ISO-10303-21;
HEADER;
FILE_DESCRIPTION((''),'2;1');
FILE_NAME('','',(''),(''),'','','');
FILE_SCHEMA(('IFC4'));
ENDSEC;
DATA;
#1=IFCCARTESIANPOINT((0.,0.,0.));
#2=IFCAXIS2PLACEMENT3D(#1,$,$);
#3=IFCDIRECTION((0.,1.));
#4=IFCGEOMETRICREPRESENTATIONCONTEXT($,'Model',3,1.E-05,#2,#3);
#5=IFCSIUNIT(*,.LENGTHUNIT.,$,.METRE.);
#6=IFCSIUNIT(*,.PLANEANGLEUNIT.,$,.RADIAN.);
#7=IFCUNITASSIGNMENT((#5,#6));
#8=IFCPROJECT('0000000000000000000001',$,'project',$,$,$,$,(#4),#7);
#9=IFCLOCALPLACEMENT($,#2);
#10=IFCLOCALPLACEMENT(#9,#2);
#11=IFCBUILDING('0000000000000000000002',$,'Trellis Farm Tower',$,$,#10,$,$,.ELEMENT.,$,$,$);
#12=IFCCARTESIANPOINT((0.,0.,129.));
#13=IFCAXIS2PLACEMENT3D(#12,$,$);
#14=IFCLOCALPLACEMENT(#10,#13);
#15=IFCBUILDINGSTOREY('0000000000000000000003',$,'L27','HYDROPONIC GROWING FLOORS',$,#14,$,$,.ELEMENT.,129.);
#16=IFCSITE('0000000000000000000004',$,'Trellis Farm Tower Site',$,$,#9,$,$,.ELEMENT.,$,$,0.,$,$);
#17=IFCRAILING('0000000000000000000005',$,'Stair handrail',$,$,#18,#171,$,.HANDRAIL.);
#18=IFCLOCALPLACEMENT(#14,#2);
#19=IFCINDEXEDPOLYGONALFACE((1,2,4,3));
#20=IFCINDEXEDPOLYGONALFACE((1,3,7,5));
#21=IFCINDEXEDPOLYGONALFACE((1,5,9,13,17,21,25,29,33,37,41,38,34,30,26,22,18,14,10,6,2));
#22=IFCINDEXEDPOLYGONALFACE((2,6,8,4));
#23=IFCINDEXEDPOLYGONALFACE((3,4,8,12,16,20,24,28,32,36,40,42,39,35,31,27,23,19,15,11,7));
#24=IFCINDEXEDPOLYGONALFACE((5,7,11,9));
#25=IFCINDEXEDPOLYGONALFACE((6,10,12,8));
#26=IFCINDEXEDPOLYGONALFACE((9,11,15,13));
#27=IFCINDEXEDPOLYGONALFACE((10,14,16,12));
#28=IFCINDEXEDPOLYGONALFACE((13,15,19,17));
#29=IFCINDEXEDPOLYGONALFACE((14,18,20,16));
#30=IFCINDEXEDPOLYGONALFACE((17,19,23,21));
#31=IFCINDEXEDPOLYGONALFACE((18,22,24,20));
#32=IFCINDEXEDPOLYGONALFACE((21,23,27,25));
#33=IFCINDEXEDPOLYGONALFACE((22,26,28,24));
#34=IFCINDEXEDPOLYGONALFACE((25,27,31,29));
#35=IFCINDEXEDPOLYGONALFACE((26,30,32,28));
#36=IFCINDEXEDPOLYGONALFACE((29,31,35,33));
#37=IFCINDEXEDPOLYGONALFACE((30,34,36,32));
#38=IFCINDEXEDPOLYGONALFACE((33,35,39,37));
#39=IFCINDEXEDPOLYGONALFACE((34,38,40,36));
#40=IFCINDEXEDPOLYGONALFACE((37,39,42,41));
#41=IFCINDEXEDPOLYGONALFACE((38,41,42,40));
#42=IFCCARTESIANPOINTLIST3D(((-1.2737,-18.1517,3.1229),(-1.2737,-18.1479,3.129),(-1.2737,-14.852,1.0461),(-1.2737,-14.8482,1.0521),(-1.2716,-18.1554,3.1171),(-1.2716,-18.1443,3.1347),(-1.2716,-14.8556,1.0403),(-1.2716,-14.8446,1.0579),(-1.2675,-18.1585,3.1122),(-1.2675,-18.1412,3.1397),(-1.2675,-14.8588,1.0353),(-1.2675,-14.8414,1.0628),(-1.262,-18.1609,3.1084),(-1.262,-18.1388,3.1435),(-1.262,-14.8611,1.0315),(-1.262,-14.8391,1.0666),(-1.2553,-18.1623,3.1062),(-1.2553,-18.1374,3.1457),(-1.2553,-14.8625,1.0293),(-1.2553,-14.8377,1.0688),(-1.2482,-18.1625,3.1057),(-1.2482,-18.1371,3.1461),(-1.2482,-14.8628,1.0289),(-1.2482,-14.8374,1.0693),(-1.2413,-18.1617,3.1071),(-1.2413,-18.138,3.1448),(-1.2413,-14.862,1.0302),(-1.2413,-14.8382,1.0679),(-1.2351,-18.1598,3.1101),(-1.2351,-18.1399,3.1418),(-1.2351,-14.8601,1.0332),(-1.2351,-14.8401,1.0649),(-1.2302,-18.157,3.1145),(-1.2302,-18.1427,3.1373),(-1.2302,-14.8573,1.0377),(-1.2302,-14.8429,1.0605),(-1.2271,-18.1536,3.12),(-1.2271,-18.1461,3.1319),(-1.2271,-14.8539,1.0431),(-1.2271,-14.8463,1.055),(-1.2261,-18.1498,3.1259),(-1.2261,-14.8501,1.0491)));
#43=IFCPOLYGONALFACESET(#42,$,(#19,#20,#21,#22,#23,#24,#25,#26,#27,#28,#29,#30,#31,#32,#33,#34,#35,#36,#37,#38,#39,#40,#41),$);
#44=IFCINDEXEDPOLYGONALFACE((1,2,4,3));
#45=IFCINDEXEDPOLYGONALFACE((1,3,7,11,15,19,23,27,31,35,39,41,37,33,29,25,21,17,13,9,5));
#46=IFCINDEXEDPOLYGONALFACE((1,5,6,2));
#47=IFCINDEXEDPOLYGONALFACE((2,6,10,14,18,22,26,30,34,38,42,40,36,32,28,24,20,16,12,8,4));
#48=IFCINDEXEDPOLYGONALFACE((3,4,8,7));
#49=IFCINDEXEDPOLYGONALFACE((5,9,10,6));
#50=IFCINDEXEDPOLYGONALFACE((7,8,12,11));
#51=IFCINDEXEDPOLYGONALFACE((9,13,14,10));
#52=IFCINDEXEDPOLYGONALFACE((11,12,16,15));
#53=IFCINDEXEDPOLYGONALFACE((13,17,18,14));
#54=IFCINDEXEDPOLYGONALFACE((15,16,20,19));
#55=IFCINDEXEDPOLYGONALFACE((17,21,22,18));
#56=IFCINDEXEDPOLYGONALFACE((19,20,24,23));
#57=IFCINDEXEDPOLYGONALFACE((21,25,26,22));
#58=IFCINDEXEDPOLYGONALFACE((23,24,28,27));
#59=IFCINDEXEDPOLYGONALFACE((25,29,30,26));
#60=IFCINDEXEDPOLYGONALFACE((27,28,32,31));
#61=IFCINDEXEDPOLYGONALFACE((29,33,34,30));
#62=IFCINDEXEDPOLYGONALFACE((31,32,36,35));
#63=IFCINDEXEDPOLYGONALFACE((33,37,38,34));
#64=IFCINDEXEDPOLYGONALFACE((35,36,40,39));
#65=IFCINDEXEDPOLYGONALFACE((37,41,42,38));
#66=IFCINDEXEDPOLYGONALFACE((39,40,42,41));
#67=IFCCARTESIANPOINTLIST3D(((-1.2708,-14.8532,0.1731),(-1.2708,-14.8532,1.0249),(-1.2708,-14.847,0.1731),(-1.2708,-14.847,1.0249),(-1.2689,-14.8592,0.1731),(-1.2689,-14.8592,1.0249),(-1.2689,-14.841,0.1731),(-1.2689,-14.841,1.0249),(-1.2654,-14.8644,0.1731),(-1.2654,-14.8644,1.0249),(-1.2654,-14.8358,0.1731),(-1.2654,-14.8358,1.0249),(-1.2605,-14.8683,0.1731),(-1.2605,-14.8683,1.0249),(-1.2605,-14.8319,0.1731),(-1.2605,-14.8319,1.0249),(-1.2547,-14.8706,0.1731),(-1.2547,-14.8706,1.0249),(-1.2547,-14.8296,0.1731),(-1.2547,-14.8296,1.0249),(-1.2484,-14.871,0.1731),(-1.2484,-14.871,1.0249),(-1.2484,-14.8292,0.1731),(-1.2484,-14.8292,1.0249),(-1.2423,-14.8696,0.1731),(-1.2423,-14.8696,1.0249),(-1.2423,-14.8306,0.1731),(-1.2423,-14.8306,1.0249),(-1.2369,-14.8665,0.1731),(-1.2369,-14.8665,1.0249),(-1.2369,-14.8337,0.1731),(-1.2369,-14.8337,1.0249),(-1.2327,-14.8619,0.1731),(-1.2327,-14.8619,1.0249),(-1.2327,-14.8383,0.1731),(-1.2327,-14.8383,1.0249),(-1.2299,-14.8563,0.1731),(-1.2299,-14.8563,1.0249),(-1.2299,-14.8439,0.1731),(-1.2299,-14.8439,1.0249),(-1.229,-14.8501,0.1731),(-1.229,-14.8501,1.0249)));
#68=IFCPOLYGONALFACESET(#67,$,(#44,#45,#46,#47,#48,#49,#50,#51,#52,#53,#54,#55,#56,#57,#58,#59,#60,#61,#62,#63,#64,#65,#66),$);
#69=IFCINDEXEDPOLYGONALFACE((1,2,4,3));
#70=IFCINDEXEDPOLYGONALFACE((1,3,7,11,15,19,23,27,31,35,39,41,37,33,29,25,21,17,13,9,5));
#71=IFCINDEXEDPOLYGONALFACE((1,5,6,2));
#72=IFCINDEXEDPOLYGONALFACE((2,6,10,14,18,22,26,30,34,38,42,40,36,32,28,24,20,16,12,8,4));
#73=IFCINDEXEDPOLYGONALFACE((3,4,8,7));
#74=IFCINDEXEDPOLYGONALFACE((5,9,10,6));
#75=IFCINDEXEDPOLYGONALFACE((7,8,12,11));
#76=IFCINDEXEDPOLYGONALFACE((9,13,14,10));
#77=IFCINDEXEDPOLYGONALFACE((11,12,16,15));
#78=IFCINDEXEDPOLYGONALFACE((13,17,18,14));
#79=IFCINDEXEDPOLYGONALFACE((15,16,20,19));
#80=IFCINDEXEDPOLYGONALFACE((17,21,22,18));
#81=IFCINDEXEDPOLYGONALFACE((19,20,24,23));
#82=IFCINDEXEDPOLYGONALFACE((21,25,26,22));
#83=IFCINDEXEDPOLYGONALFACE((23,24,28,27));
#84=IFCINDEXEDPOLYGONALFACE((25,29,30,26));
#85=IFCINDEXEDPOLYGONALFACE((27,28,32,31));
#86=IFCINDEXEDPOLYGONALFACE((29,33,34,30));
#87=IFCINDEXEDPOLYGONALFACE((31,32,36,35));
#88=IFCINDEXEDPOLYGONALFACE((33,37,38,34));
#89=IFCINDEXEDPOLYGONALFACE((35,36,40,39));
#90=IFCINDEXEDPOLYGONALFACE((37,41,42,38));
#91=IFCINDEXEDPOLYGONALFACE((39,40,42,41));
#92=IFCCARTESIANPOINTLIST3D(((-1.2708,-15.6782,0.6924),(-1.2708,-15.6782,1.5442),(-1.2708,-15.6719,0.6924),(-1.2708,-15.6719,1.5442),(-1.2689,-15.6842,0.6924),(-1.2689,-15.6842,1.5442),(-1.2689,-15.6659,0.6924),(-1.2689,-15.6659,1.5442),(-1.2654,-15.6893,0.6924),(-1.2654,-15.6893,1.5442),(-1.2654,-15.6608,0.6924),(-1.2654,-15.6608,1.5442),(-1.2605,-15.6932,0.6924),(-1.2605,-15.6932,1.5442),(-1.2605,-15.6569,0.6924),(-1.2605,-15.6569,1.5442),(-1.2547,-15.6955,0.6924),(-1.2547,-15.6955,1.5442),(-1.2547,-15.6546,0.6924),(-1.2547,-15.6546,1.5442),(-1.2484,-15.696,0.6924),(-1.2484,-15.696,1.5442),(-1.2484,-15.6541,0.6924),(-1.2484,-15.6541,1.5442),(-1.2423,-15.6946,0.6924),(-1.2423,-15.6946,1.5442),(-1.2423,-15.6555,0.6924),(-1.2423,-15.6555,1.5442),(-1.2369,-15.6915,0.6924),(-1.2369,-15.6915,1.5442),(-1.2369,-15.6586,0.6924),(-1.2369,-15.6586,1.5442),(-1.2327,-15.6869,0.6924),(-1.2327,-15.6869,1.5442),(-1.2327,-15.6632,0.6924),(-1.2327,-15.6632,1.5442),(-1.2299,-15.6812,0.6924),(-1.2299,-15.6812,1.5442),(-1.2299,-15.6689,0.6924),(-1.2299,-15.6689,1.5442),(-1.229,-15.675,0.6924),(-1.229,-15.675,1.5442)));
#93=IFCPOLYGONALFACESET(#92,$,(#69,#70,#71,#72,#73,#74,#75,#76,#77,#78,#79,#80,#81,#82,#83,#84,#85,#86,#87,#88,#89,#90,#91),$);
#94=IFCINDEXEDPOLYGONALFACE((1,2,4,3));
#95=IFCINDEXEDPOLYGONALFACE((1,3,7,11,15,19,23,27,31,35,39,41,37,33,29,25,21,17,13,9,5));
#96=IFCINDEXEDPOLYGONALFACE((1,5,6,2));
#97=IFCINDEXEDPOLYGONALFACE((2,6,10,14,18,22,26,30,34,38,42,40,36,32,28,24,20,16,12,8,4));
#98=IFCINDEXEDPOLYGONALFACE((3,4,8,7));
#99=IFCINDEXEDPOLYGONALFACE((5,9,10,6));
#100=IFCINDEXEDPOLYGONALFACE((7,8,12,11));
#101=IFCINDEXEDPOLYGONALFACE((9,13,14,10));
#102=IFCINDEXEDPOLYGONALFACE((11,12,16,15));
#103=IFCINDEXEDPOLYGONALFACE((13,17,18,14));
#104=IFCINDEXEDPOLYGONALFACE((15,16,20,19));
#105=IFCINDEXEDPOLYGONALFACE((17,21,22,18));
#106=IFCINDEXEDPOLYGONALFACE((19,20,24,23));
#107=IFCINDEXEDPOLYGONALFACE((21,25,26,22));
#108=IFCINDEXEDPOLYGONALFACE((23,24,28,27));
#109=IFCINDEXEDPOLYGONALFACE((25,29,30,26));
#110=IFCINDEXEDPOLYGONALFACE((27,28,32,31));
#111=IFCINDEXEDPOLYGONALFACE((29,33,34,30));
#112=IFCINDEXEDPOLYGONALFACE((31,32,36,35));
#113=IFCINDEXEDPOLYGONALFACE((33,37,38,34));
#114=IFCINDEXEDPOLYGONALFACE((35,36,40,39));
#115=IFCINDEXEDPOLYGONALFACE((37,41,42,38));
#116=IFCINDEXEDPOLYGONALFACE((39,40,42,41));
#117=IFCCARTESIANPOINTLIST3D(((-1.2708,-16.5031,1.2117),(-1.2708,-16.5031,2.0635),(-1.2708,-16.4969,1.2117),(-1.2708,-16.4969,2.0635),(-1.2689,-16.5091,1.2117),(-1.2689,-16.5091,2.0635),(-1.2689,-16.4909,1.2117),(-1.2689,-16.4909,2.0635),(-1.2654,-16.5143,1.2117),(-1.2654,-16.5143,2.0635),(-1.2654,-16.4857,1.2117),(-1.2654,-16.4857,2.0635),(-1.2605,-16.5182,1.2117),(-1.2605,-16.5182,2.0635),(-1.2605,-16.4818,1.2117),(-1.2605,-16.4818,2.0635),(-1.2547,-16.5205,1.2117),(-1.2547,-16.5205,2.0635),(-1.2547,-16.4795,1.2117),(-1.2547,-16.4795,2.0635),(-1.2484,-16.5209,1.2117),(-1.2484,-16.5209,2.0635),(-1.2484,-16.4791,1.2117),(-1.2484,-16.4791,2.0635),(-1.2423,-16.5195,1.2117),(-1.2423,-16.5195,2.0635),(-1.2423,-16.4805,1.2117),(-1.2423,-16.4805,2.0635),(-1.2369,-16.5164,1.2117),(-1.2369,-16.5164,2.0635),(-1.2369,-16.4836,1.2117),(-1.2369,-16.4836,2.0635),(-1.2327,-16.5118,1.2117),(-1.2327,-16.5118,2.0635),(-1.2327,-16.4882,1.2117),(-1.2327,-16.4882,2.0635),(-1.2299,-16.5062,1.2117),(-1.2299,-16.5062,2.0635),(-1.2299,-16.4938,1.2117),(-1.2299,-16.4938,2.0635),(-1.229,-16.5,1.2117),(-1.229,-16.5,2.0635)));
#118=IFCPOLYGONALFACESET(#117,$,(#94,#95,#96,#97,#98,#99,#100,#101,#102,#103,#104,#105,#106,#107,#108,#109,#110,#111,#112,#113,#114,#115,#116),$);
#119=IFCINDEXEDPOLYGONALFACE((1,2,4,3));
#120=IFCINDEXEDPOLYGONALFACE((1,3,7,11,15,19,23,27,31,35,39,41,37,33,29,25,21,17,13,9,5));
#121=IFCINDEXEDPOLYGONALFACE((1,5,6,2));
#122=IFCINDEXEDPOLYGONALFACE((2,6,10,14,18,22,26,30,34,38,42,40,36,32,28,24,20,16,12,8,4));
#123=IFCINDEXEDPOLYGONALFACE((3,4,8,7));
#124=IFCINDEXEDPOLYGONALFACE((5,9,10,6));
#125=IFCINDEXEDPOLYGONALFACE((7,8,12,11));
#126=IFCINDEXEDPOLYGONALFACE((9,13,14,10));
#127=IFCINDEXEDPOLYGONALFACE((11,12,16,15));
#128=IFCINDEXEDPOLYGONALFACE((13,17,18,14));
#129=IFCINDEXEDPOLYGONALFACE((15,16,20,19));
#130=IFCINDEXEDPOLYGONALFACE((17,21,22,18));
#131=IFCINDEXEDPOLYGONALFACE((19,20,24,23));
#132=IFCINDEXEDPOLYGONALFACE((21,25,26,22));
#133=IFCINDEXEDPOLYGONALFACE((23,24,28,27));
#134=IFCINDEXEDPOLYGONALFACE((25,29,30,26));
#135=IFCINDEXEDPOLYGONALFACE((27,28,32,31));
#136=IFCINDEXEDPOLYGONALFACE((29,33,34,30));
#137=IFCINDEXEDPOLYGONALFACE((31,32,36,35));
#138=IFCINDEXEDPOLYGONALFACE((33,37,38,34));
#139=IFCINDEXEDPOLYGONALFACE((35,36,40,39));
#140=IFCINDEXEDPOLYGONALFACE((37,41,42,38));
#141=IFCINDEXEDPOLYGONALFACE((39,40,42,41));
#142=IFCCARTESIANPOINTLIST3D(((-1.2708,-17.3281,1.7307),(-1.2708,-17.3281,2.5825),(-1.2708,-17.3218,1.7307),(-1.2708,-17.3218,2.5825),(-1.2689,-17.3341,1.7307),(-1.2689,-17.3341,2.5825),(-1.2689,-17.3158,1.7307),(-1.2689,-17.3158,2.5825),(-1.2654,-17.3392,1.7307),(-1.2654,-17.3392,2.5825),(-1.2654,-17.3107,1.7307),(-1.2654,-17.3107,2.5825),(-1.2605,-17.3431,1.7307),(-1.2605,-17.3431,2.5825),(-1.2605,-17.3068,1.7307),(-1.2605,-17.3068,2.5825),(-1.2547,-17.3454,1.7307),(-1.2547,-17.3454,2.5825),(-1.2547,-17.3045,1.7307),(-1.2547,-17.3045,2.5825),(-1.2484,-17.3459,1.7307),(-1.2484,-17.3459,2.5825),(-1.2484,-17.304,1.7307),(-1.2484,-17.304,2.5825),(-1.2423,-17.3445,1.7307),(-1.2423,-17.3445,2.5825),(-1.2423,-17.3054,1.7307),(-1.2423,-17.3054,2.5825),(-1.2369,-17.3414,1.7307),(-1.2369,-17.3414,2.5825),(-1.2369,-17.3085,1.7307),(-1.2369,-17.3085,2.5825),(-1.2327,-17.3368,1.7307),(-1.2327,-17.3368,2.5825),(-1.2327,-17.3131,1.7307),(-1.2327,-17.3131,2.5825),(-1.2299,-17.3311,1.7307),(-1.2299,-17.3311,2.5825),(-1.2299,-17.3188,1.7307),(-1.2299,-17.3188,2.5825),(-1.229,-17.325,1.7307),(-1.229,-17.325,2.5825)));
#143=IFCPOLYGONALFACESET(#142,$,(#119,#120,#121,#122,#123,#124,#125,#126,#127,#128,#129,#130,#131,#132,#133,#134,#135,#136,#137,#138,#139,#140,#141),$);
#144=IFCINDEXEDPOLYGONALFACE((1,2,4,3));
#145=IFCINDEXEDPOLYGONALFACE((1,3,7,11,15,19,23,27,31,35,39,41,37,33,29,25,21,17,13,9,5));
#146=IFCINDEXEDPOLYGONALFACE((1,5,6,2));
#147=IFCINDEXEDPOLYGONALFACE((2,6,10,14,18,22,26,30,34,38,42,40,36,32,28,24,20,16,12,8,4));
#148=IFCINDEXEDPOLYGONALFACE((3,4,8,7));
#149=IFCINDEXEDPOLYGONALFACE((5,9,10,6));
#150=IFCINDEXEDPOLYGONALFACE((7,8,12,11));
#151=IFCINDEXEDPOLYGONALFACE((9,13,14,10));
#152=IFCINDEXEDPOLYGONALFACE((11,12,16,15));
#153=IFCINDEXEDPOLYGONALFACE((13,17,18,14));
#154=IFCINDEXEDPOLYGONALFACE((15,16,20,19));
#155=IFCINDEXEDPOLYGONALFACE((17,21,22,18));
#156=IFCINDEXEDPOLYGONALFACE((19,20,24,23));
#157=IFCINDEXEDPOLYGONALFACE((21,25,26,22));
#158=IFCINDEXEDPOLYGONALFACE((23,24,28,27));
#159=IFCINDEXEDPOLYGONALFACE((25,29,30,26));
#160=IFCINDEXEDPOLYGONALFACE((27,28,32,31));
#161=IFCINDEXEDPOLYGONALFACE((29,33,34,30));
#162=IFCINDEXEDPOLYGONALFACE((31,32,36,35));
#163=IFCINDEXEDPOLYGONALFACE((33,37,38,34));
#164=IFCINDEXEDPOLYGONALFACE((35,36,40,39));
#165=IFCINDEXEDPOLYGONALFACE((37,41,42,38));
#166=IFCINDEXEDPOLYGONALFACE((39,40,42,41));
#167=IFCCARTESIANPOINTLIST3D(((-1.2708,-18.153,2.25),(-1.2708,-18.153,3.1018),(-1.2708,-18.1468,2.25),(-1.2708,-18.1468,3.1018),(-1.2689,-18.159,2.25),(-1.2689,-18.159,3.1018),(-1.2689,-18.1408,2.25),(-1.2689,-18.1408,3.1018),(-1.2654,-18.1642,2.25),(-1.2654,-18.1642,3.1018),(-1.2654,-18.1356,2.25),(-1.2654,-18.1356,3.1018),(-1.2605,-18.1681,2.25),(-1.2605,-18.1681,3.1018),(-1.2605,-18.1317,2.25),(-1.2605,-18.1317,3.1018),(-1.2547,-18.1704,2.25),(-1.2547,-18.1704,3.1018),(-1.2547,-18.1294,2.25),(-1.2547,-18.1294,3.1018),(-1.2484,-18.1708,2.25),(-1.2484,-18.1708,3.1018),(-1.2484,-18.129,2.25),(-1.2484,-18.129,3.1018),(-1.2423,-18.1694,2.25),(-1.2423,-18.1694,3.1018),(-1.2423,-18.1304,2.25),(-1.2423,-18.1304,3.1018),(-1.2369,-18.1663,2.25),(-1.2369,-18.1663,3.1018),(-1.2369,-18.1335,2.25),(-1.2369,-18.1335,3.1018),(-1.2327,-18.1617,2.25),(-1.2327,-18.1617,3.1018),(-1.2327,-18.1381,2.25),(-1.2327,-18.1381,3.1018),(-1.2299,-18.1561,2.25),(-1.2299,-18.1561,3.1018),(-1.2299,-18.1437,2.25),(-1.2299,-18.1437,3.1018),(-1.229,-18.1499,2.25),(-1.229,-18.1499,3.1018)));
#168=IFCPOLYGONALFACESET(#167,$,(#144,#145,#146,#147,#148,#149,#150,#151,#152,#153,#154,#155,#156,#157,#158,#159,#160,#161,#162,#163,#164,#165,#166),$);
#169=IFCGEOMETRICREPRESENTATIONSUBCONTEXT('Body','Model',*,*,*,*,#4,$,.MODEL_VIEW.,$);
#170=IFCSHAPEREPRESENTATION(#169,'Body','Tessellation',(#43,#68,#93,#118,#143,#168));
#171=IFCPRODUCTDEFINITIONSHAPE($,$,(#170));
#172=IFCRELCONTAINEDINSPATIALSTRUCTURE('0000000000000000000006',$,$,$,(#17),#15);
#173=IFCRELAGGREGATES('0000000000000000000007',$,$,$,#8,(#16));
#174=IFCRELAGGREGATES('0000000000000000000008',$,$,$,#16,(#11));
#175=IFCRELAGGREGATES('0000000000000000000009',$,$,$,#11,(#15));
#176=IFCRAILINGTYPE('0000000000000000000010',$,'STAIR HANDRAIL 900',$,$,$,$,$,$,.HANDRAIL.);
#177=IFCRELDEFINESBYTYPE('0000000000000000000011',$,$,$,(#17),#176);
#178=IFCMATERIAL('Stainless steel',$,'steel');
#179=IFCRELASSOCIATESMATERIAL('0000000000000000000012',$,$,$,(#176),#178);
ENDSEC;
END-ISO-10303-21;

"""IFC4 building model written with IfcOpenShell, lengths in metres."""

from ifc_helpers import new_model, si_unit, direction, frame, origin, origin_2d, place, context, subcontext, project, spatial, circle, extrude, source, transform, mapped, material, type_object, element, save


model = new_model("IFC4")

# Units and contexts
model_context = context("Model", 3, precision=1e-05, world=origin(), true_north=direction((0.0, 1.0)))
body_context = subcontext(model_context, "Body", "Model", "MODEL_VIEW")
ifc_project = project(units=[si_unit("LENGTHUNIT", "METRE"), si_unit("PLANEANGLEUNIT", "RADIAN")], contexts=[model_context])

# Site, building, storey
site_placement = place(None, origin())
site = spatial("IfcSite", under=ifc_project, at=site_placement, Name="Trellis Farm Tower Site", CompositionType="ELEMENT", RefElevation=0.0)
building_placement = place(site_placement, origin())
building = spatial("IfcBuilding", under=site, at=building_placement, Name="Trellis Farm Tower", CompositionType="ELEMENT")
storey_placement = place(building_placement, frame((0.0, 0.0, 129.0)))
storey = spatial("IfcBuildingStorey", under=building, at=storey_placement, Name="L27", Description="HYDROPONIC GROWING FLOORS", CompositionType="ELEMENT", Elevation=129.0)

# Railing
ifc_material_1 = material(Name="Stainless steel", Category="steel")
railing_type = type_object("IfcRailingType", Name="STAIR HANDRAIL 900", PredefinedType="HANDRAIL", material=ifc_material_1)
shared_shape_1 = source(origin(), body_context, "Body", "SweptSolid", [
    extrude(circle(Radius=0.0239, at=origin_2d()), frame((0.0, 0.0, 0.876), z_axis=(0.0, -0.84632, 0.532675), x_axis=(1.0, 0.0, 0.0)), (0.0, 0.0, 1.0), 3.8989),
    extrude(circle(Radius=0.021, at=origin_2d()), origin(), (0.0, 0.0, 1.0), 0.8518),
    extrude(circle(Radius=0.021, at=origin_2d()), frame((0.0, -0.825, 0.5193)), (0.0, 0.0, 1.0), 0.8518),
    extrude(circle(Radius=0.021, at=origin_2d()), frame((0.0, -1.6499, 1.0386)), (0.0, 0.0, 1.0), 0.8518),
    extrude(circle(Radius=0.021, at=origin_2d()), frame((0.0, -2.4749, 1.5576)), (0.0, 0.0, 1.0), 0.8518),
    extrude(circle(Radius=0.021, at=origin_2d()), frame((0.0, -3.2998, 2.0769)), (0.0, 0.0, 1.0), 0.8518),
])
railing_placement = place(storey_placement, frame((-1.25, -14.8501, 0.1731)))
element("IfcRailing", 1, at=railing_placement, inside=storey, type_object=railing_type, Name="Stair handrail", PredefinedType="HANDRAIL", context=body_context, shape_type="MappedRepresentation", body=[
    mapped(shared_shape_1, transform((0.0, 0.0, 0.0))),
])

save(model, "model.ifc")
